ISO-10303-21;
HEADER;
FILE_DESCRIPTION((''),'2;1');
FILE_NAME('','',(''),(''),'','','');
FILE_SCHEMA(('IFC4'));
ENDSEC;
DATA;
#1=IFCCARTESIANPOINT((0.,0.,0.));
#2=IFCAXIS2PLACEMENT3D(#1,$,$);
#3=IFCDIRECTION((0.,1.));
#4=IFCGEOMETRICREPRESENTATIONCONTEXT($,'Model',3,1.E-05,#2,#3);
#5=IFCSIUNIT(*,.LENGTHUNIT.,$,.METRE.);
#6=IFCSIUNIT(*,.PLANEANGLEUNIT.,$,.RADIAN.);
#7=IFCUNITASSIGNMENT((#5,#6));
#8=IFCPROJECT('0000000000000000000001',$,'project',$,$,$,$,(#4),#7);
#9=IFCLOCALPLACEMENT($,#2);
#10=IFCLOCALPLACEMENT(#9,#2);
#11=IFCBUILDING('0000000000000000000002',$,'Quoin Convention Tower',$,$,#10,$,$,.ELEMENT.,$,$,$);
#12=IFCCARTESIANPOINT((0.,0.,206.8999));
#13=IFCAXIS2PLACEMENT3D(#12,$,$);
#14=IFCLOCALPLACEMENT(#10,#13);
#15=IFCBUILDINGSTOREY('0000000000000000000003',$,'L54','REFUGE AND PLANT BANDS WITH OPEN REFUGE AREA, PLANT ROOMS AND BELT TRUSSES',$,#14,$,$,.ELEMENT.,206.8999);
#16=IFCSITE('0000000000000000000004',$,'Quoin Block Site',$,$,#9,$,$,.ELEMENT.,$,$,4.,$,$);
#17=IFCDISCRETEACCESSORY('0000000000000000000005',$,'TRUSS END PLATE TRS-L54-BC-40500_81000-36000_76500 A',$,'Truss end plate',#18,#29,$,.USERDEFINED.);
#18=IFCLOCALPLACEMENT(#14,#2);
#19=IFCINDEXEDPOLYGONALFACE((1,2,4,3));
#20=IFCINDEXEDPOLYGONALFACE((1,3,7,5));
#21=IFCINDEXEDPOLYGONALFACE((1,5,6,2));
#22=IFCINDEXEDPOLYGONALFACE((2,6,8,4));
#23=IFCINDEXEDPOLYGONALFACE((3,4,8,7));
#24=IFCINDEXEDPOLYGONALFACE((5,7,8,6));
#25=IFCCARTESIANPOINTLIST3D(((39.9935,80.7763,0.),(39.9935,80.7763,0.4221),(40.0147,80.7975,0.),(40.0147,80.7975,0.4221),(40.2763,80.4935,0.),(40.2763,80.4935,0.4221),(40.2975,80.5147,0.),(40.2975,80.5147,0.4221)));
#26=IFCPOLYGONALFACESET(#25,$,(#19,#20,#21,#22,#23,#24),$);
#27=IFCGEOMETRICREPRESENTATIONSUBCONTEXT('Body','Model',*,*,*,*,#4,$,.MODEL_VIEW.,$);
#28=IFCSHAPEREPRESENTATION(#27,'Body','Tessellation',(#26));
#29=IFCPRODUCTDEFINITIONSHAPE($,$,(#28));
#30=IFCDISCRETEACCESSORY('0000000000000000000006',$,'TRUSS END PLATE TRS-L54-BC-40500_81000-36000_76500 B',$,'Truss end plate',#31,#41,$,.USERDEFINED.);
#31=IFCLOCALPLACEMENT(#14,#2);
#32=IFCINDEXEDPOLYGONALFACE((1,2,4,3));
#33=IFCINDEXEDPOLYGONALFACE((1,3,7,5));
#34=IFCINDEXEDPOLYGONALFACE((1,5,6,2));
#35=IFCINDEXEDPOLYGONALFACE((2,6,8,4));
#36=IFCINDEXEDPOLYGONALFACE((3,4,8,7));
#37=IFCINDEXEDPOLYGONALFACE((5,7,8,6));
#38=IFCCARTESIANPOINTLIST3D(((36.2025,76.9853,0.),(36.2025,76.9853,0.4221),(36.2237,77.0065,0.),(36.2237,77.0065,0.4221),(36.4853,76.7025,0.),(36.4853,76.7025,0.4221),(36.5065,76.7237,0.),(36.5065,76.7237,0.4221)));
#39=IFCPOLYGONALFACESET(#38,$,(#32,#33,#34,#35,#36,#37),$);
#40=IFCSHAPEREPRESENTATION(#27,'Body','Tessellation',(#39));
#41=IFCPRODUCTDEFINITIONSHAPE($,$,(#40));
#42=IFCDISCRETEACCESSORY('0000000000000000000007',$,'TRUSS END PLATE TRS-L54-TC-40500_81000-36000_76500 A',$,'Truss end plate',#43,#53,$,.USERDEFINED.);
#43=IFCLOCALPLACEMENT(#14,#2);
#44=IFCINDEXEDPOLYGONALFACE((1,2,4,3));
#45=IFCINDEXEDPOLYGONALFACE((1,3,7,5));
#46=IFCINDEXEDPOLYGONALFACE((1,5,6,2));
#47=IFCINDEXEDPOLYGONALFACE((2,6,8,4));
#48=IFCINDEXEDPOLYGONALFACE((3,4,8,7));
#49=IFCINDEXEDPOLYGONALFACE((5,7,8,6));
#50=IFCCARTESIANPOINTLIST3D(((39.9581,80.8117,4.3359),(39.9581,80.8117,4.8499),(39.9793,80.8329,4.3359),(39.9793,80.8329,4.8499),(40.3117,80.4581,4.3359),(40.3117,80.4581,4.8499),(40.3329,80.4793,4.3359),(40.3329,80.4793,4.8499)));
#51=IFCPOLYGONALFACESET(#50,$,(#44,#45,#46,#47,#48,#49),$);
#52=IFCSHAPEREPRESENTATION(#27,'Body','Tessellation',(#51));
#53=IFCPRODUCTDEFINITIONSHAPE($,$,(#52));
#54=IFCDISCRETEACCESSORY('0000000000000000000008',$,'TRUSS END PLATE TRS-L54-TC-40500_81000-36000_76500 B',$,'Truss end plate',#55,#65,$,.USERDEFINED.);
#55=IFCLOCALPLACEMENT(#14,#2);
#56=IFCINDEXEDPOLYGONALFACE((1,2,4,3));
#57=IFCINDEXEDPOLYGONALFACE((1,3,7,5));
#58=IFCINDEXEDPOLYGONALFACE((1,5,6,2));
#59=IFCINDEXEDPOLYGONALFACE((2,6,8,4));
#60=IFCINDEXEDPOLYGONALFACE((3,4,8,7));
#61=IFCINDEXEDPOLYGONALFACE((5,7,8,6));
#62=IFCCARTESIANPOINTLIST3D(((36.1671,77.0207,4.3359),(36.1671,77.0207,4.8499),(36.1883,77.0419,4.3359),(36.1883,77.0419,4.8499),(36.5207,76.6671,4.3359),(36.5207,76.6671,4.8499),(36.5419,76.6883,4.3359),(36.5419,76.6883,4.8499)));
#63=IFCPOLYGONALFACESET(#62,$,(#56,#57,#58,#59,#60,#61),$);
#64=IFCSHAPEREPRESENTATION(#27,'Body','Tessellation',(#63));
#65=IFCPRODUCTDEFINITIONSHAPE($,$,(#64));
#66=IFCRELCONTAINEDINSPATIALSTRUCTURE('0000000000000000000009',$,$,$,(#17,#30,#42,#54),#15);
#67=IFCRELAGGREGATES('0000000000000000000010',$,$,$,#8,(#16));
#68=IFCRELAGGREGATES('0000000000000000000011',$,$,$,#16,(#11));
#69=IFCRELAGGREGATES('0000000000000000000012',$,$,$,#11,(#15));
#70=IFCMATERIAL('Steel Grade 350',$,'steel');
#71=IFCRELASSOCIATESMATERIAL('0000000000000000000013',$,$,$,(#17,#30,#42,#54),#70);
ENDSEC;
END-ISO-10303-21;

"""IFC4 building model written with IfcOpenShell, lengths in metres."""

from ifc_helpers import new_model, si_unit, direction, frame, origin, origin_2d, place, context, subcontext, project, spatial, rectangle, extrude, material, element, save


model = new_model("IFC4")

# Units and contexts
model_context = context("Model", 3, precision=1e-05, world=origin(), true_north=direction((0.0, 1.0)))
body_context = subcontext(model_context, "Body", "Model", "MODEL_VIEW")
ifc_project = project(units=[si_unit("LENGTHUNIT", "METRE"), si_unit("PLANEANGLEUNIT", "RADIAN")], contexts=[model_context])

# Site, building, storey
site_placement = place(None, origin())
site = spatial("IfcSite", under=ifc_project, at=site_placement, Name="Quoin Block Site", CompositionType="ELEMENT", RefElevation=4.0)
building_placement = place(site_placement, origin())
building = spatial("IfcBuilding", under=site, at=building_placement, Name="Quoin Convention Tower", CompositionType="ELEMENT")
storey_placement = place(building_placement, frame((0.0, 0.0, 206.8999)))
storey = spatial("IfcBuildingStorey", under=building, at=storey_placement, Name="L54", Description="REFUGE AND PLANT BANDS WITH OPEN REFUGE AREA, PLANT ROOMS AND BELT TRUSSES", CompositionType="ELEMENT", Elevation=206.8999)

# Discrete accessories
ifc_material_1 = material(Name="Steel Grade 350", Category="steel")
for number, where, z_axis, x_axis, name in (
    (1, (40.1455, 80.6455, 0.0), (0.0, 0.0, 1.0), (0.707107, 0.707107, 0.0), "TRUSS END PLATE TRS-L54-BC-40500_81000-36000_76500 A"),
    (2, (36.3545, 76.8545, 0.0), (0.0, 0.0, 1.0), (-0.707107, -0.707107, 0.0), "TRUSS END PLATE TRS-L54-BC-40500_81000-36000_76500 B"),
):
    element("IfcDiscreteAccessory", number, at=place(storey_placement, frame(where, z_axis=z_axis, x_axis=x_axis)), inside=storey, material=ifc_material_1, Name=name, ObjectType="Truss end plate", PredefinedType="USERDEFINED", context=body_context, shape_type="SweptSolid", body=[
        extrude(rectangle(XDim=0.03, YDim=0.3999, at=origin_2d()), origin(), (0.0, 0.0, 1.0), 0.4221),
    ])
for number, where, z_axis, x_axis, name in (
    (3, (40.1455, 80.6455, 4.3359), (0.0, 0.0, 1.0), (0.707107, 0.707107, 0.0), "TRUSS END PLATE TRS-L54-TC-40500_81000-36000_76500 A"),
    (4, (36.3545, 76.8545, 4.3359), (0.0, 0.0, 1.0), (-0.707107, -0.707107, 0.0), "TRUSS END PLATE TRS-L54-TC-40500_81000-36000_76500 B"),
):
    element("IfcDiscreteAccessory", number, at=place(storey_placement, frame(where, z_axis=z_axis, x_axis=x_axis)), inside=storey, material=ifc_material_1, Name=name, ObjectType="Truss end plate", PredefinedType="USERDEFINED", context=body_context, shape_type="SweptSolid", body=[
        extrude(rectangle(XDim=0.03, YDim=0.5, at=origin_2d()), origin(), (0.0, 0.0, 1.0), 0.5139),
    ])

save(model, "model.ifc")
